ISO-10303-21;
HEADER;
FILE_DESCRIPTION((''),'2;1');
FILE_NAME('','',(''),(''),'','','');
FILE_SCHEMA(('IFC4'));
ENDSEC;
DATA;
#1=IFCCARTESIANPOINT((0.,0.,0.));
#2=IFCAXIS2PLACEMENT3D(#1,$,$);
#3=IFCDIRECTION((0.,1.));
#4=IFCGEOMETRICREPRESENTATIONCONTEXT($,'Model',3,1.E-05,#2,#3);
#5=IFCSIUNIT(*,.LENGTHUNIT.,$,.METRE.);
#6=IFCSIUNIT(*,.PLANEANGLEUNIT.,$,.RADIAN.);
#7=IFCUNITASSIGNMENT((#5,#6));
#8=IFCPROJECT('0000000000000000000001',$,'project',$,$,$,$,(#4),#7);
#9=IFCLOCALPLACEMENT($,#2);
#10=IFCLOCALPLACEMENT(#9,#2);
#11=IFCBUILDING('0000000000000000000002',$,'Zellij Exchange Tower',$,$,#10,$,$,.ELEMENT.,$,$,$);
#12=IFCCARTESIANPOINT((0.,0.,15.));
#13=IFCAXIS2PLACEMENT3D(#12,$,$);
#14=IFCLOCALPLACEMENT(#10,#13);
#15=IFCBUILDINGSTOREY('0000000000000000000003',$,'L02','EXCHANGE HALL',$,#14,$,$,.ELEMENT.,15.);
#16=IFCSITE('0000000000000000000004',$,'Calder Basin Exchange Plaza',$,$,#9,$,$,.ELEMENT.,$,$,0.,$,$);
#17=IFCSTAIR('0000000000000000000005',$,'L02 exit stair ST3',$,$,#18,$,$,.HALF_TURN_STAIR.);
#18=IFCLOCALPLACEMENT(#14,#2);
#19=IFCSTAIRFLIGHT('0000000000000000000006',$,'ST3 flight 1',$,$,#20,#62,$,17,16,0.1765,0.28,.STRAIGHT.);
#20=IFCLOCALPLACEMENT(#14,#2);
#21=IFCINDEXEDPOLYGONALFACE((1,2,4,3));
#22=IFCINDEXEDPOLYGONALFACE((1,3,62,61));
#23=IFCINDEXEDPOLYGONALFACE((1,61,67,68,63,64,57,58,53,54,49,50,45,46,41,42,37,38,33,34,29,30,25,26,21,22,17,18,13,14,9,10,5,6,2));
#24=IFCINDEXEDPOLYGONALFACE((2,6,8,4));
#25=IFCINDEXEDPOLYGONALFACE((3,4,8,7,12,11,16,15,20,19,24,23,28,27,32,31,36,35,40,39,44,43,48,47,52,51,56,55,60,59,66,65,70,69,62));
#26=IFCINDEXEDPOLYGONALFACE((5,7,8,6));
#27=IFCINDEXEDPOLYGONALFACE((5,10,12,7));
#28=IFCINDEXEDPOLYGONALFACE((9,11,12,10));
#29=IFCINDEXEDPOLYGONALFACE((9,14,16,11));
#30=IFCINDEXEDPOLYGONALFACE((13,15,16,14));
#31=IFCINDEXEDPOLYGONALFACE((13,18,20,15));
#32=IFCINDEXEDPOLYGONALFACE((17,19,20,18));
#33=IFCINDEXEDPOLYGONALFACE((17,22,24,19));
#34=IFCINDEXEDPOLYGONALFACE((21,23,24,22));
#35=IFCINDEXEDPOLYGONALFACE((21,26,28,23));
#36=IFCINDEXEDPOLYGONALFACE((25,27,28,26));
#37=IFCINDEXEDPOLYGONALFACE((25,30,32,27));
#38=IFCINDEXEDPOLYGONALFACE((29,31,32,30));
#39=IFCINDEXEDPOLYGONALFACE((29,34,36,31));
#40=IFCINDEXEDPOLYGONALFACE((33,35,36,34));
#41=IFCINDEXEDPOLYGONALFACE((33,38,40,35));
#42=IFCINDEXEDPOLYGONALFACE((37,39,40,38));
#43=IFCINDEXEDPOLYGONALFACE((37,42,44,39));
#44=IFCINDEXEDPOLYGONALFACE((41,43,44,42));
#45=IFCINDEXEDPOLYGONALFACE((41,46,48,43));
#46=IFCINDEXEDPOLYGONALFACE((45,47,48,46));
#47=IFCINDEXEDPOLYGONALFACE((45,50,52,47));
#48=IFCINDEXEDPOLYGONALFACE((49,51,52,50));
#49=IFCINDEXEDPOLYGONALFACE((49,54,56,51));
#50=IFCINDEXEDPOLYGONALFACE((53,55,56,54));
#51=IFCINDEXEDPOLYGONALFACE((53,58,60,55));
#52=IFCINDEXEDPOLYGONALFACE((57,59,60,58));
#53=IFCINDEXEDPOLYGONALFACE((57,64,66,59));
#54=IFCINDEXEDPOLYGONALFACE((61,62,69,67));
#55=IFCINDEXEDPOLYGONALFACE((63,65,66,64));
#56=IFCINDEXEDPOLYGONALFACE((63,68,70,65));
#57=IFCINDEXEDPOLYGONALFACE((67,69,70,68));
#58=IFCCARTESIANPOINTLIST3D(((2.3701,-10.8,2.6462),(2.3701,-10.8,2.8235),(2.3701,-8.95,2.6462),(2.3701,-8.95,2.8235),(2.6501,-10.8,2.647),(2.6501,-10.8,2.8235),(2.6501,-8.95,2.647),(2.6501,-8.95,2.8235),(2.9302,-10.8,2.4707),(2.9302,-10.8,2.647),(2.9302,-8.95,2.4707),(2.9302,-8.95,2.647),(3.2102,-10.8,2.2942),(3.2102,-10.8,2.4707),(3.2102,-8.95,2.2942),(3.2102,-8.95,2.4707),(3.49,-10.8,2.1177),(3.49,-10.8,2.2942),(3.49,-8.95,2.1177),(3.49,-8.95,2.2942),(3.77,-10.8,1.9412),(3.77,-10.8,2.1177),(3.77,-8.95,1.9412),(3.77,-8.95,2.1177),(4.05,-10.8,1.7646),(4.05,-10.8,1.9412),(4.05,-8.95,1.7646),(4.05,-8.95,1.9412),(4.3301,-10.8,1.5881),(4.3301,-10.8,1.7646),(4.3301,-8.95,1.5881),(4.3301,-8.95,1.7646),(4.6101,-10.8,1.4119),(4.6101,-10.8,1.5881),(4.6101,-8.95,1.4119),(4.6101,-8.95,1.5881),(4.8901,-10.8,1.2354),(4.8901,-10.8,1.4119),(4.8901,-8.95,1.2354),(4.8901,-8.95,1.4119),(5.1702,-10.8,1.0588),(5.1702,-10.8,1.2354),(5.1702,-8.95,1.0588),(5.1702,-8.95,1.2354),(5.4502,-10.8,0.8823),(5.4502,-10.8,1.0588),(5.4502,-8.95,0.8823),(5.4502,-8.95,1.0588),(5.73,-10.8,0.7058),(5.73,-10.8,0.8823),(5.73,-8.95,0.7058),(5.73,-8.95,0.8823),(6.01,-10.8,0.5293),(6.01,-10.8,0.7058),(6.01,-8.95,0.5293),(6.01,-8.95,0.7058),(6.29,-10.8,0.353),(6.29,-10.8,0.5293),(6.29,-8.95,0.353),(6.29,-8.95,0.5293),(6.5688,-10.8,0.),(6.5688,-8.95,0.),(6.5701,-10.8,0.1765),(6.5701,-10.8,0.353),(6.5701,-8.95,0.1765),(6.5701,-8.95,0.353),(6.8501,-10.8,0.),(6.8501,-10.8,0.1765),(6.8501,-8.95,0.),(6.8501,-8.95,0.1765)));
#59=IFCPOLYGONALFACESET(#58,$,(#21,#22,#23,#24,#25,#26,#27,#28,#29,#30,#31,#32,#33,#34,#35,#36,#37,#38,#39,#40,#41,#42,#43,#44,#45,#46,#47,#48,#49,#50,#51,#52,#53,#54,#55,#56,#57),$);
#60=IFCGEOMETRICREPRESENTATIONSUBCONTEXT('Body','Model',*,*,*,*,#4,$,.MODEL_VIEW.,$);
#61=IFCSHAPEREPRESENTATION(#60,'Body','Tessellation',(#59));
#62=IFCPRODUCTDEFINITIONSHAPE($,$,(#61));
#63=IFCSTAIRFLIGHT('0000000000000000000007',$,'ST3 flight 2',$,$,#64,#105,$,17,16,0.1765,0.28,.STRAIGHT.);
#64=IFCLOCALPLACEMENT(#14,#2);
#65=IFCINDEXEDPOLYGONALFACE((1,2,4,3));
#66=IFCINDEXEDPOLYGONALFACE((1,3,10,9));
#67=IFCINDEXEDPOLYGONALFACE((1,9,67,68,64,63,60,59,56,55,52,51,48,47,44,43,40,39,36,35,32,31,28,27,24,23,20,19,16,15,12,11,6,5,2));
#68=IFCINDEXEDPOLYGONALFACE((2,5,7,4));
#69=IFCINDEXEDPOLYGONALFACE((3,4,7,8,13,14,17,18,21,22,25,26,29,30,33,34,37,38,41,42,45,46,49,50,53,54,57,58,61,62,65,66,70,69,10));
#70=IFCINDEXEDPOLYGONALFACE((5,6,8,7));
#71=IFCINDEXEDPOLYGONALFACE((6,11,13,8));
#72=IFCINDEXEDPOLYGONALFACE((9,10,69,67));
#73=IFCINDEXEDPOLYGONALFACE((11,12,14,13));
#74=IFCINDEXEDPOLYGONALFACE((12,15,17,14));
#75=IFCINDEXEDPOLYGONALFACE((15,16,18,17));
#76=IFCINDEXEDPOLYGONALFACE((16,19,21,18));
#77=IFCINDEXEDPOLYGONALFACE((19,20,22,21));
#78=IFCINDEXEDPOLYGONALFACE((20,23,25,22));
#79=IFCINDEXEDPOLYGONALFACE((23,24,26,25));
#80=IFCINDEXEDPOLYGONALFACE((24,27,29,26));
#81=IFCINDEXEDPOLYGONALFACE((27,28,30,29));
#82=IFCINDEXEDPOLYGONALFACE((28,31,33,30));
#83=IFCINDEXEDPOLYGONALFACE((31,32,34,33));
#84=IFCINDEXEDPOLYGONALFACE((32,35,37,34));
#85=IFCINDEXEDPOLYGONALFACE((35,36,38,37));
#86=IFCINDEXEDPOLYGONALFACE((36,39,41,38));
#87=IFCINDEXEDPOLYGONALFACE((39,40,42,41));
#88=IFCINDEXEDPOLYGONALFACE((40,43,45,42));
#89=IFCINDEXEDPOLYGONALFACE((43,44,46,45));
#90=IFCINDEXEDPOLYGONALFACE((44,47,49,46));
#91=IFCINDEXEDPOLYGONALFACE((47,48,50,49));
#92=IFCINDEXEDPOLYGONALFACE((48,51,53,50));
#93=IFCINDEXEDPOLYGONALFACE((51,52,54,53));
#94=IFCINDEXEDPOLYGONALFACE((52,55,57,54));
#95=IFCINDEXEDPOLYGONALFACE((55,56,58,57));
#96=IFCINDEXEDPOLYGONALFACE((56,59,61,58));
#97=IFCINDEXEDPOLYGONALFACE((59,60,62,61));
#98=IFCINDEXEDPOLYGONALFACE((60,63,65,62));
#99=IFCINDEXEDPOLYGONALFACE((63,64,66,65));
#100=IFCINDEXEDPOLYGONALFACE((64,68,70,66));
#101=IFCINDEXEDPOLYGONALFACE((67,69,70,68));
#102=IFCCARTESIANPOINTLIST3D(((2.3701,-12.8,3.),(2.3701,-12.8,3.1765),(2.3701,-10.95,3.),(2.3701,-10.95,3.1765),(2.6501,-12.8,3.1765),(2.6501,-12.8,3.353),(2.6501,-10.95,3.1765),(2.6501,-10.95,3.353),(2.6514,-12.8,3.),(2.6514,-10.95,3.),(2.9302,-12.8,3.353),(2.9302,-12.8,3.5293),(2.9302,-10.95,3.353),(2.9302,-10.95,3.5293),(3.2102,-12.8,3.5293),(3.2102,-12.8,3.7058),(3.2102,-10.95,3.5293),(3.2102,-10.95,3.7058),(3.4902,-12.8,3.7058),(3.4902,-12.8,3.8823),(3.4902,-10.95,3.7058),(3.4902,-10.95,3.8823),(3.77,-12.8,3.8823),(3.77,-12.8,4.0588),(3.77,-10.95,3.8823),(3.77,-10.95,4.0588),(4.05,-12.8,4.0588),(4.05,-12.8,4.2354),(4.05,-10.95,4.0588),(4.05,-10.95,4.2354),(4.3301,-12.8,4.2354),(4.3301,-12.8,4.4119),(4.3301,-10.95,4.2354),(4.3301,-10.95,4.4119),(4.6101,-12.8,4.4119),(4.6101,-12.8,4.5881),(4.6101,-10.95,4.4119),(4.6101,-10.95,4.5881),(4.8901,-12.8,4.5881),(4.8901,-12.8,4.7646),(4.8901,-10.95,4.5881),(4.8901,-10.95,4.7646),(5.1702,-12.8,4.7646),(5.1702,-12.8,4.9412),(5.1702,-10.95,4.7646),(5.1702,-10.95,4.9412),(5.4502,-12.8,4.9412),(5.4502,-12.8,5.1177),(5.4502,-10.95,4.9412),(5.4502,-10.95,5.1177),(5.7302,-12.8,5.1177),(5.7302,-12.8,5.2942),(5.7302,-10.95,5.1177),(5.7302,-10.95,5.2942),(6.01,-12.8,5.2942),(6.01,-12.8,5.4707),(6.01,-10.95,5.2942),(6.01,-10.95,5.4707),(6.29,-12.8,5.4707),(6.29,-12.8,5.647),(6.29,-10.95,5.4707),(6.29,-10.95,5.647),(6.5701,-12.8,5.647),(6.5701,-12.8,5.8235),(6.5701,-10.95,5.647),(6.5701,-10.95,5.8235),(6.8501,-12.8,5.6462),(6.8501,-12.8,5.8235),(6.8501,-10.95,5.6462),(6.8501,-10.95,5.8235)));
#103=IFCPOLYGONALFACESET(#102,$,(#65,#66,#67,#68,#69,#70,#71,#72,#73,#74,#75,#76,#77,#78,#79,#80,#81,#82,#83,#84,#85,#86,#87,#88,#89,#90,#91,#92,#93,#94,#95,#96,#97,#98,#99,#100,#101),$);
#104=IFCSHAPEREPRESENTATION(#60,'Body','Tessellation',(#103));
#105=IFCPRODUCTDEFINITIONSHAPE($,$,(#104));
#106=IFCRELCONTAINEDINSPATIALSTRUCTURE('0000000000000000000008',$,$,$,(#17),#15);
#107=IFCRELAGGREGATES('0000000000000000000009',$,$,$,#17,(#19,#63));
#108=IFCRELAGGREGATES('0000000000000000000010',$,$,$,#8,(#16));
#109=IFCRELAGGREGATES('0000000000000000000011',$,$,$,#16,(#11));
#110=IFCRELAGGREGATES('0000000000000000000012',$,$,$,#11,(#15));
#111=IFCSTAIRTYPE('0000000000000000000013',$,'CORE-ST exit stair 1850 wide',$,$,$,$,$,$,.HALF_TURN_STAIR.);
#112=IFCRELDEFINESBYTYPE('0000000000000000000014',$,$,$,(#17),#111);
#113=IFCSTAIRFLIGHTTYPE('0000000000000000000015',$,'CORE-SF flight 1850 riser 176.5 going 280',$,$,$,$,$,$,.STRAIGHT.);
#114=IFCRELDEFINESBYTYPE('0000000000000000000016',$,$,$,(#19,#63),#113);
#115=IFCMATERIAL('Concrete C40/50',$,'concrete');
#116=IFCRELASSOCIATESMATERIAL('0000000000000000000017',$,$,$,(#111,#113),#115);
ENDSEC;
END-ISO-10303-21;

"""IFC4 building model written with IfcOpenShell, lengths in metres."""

from ifc_helpers import new_model, si_unit, direction, frame, origin, place, context, subcontext, project, spatial, polyline, outline, extrude, material, type_object, element, aggregate, save


model = new_model("IFC4")

# Units and contexts
model_context = context("Model", 3, precision=1e-05, world=origin(), true_north=direction((0.0, 1.0)))
body_context = subcontext(model_context, "Body", "Model", "MODEL_VIEW")
ifc_project = project(units=[si_unit("LENGTHUNIT", "METRE"), si_unit("PLANEANGLEUNIT", "RADIAN")], contexts=[model_context])

# Site, building, storey
site_placement = place(None, origin())
site = spatial("IfcSite", under=ifc_project, at=site_placement, Name="Calder Basin Exchange Plaza", CompositionType="ELEMENT", RefElevation=0.0)
building_placement = place(site_placement, origin())
building = spatial("IfcBuilding", under=site, at=building_placement, Name="Zellij Exchange Tower", CompositionType="ELEMENT")
storey_placement = place(building_placement, frame((0.0, 0.0, 15.0)))
storey = spatial("IfcBuildingStorey", under=building, at=storey_placement, Name="L02", Description="EXCHANGE HALL", CompositionType="ELEMENT", Elevation=15.0)

# Stair, stair flights
ifc_material_1 = material(Name="Concrete C40/50", Category="concrete")
stair_type = type_object("IfcStairType", Name="CORE-ST exit stair 1850 wide", PredefinedType="HALF_TURN_STAIR", material=ifc_material_1)
stair_placement = place(storey_placement, origin())
stair = element("IfcStair", 1, at=stair_placement, inside=storey, type_object=stair_type, Name="L02 exit stair ST3", PredefinedType="HALF_TURN_STAIR")
stair_flight_type = type_object("IfcStairFlightType", Name="CORE-SF flight 1850 riser 176.5 going 280", PredefinedType="STRAIGHT", material=ifc_material_1)
stair_flight_1_placement = place(storey_placement, frame((6.8501, -9.875, 0.0), z_axis=(0.0, 0.0, 1.0), x_axis=(-1.0, 0.0, 0.0)))
stair_flight_1 = element("IfcStairFlight", 2, at=stair_flight_1_placement, type_object=stair_flight_type, Name="ST3 flight 1", NumberOfRisers=17, NumberOfTreads=16, PredefinedType="STRAIGHT", RiserHeight=0.1765, TreadLength=0.28, context=body_context, shape_type="SweptSolid", body=[
    extrude(outline(polyline([(0.0, 0.0), (0.0, 0.1765), (0.28, 0.1765), (0.28, 0.353), (0.5601, 0.353), (0.5601, 0.5293), (0.8401, 0.5293), (0.8401, 0.7058), (1.1201, 0.7058), (1.1201, 0.8823), (1.3999, 0.8823), (1.3999, 1.0588), (1.6799, 1.0588), (1.6799, 1.2354), (1.96, 1.2354), (1.96, 1.4119), (2.24, 1.4119), (2.24, 1.5881), (2.52, 1.5881), (2.52, 1.7646), (2.8, 1.7646), (2.8, 1.9412), (3.0801, 1.9412), (3.0801, 2.1177), (3.3601, 2.1177), (3.3601, 2.2942), (3.6399, 2.2942), (3.6399, 2.4707), (3.9199, 2.4707), (3.9199, 2.647), (4.2, 2.647), (4.2, 2.8235), (4.48, 2.8235), (4.48, 3.0), (4.48, 2.6462), (0.2812, 0.0), (0.0, 0.0)])), frame((0.0, 0.925, 0.0), z_axis=(0.0, -1.0, 0.0), x_axis=(1.0, 0.0, 0.0)), (0.0, 0.0, 1.0), 1.8501),
])
stair_flight_2_placement = place(storey_placement, frame((2.3701, -11.875, 3.0), z_axis=(0.0, 0.0, 1.0), x_axis=(1.0, 0.0, 0.0)))
stair_flight_2 = element("IfcStairFlight", 3, at=stair_flight_2_placement, type_object=stair_flight_type, Name="ST3 flight 2", NumberOfRisers=17, NumberOfTreads=16, PredefinedType="STRAIGHT", RiserHeight=0.1765, TreadLength=0.28, context=body_context, shape_type="SweptSolid", body=[
    extrude(outline(polyline([(0.0, 0.0), (0.0, 0.1765), (0.28, 0.1765), (0.28, 0.353), (0.5601, 0.353), (0.5601, 0.5293), (0.8401, 0.5293), (0.8401, 0.7058), (1.1201, 0.7058), (1.1201, 0.8823), (1.3999, 0.8823), (1.3999, 1.0588), (1.6799, 1.0588), (1.6799, 1.2354), (1.96, 1.2354), (1.96, 1.4119), (2.24, 1.4119), (2.24, 1.5881), (2.52, 1.5881), (2.52, 1.7646), (2.8, 1.7646), (2.8, 1.9412), (3.0801, 1.9412), (3.0801, 2.1177), (3.3601, 2.1177), (3.3601, 2.2942), (3.6399, 2.2942), (3.6399, 2.4707), (3.9199, 2.4707), (3.9199, 2.647), (4.2, 2.647), (4.2, 2.8235), (4.48, 2.8235), (4.48, 3.0), (4.48, 2.6462), (0.2812, 0.0), (0.0, 0.0)])), frame((0.0, 0.925, 0.0), z_axis=(0.0, -1.0, 0.0), x_axis=(1.0, 0.0, 0.0)), (0.0, 0.0, 1.0), 1.8501),
])
aggregate(stair, [stair_flight_1, stair_flight_2])

save(model, "model.ifc")
